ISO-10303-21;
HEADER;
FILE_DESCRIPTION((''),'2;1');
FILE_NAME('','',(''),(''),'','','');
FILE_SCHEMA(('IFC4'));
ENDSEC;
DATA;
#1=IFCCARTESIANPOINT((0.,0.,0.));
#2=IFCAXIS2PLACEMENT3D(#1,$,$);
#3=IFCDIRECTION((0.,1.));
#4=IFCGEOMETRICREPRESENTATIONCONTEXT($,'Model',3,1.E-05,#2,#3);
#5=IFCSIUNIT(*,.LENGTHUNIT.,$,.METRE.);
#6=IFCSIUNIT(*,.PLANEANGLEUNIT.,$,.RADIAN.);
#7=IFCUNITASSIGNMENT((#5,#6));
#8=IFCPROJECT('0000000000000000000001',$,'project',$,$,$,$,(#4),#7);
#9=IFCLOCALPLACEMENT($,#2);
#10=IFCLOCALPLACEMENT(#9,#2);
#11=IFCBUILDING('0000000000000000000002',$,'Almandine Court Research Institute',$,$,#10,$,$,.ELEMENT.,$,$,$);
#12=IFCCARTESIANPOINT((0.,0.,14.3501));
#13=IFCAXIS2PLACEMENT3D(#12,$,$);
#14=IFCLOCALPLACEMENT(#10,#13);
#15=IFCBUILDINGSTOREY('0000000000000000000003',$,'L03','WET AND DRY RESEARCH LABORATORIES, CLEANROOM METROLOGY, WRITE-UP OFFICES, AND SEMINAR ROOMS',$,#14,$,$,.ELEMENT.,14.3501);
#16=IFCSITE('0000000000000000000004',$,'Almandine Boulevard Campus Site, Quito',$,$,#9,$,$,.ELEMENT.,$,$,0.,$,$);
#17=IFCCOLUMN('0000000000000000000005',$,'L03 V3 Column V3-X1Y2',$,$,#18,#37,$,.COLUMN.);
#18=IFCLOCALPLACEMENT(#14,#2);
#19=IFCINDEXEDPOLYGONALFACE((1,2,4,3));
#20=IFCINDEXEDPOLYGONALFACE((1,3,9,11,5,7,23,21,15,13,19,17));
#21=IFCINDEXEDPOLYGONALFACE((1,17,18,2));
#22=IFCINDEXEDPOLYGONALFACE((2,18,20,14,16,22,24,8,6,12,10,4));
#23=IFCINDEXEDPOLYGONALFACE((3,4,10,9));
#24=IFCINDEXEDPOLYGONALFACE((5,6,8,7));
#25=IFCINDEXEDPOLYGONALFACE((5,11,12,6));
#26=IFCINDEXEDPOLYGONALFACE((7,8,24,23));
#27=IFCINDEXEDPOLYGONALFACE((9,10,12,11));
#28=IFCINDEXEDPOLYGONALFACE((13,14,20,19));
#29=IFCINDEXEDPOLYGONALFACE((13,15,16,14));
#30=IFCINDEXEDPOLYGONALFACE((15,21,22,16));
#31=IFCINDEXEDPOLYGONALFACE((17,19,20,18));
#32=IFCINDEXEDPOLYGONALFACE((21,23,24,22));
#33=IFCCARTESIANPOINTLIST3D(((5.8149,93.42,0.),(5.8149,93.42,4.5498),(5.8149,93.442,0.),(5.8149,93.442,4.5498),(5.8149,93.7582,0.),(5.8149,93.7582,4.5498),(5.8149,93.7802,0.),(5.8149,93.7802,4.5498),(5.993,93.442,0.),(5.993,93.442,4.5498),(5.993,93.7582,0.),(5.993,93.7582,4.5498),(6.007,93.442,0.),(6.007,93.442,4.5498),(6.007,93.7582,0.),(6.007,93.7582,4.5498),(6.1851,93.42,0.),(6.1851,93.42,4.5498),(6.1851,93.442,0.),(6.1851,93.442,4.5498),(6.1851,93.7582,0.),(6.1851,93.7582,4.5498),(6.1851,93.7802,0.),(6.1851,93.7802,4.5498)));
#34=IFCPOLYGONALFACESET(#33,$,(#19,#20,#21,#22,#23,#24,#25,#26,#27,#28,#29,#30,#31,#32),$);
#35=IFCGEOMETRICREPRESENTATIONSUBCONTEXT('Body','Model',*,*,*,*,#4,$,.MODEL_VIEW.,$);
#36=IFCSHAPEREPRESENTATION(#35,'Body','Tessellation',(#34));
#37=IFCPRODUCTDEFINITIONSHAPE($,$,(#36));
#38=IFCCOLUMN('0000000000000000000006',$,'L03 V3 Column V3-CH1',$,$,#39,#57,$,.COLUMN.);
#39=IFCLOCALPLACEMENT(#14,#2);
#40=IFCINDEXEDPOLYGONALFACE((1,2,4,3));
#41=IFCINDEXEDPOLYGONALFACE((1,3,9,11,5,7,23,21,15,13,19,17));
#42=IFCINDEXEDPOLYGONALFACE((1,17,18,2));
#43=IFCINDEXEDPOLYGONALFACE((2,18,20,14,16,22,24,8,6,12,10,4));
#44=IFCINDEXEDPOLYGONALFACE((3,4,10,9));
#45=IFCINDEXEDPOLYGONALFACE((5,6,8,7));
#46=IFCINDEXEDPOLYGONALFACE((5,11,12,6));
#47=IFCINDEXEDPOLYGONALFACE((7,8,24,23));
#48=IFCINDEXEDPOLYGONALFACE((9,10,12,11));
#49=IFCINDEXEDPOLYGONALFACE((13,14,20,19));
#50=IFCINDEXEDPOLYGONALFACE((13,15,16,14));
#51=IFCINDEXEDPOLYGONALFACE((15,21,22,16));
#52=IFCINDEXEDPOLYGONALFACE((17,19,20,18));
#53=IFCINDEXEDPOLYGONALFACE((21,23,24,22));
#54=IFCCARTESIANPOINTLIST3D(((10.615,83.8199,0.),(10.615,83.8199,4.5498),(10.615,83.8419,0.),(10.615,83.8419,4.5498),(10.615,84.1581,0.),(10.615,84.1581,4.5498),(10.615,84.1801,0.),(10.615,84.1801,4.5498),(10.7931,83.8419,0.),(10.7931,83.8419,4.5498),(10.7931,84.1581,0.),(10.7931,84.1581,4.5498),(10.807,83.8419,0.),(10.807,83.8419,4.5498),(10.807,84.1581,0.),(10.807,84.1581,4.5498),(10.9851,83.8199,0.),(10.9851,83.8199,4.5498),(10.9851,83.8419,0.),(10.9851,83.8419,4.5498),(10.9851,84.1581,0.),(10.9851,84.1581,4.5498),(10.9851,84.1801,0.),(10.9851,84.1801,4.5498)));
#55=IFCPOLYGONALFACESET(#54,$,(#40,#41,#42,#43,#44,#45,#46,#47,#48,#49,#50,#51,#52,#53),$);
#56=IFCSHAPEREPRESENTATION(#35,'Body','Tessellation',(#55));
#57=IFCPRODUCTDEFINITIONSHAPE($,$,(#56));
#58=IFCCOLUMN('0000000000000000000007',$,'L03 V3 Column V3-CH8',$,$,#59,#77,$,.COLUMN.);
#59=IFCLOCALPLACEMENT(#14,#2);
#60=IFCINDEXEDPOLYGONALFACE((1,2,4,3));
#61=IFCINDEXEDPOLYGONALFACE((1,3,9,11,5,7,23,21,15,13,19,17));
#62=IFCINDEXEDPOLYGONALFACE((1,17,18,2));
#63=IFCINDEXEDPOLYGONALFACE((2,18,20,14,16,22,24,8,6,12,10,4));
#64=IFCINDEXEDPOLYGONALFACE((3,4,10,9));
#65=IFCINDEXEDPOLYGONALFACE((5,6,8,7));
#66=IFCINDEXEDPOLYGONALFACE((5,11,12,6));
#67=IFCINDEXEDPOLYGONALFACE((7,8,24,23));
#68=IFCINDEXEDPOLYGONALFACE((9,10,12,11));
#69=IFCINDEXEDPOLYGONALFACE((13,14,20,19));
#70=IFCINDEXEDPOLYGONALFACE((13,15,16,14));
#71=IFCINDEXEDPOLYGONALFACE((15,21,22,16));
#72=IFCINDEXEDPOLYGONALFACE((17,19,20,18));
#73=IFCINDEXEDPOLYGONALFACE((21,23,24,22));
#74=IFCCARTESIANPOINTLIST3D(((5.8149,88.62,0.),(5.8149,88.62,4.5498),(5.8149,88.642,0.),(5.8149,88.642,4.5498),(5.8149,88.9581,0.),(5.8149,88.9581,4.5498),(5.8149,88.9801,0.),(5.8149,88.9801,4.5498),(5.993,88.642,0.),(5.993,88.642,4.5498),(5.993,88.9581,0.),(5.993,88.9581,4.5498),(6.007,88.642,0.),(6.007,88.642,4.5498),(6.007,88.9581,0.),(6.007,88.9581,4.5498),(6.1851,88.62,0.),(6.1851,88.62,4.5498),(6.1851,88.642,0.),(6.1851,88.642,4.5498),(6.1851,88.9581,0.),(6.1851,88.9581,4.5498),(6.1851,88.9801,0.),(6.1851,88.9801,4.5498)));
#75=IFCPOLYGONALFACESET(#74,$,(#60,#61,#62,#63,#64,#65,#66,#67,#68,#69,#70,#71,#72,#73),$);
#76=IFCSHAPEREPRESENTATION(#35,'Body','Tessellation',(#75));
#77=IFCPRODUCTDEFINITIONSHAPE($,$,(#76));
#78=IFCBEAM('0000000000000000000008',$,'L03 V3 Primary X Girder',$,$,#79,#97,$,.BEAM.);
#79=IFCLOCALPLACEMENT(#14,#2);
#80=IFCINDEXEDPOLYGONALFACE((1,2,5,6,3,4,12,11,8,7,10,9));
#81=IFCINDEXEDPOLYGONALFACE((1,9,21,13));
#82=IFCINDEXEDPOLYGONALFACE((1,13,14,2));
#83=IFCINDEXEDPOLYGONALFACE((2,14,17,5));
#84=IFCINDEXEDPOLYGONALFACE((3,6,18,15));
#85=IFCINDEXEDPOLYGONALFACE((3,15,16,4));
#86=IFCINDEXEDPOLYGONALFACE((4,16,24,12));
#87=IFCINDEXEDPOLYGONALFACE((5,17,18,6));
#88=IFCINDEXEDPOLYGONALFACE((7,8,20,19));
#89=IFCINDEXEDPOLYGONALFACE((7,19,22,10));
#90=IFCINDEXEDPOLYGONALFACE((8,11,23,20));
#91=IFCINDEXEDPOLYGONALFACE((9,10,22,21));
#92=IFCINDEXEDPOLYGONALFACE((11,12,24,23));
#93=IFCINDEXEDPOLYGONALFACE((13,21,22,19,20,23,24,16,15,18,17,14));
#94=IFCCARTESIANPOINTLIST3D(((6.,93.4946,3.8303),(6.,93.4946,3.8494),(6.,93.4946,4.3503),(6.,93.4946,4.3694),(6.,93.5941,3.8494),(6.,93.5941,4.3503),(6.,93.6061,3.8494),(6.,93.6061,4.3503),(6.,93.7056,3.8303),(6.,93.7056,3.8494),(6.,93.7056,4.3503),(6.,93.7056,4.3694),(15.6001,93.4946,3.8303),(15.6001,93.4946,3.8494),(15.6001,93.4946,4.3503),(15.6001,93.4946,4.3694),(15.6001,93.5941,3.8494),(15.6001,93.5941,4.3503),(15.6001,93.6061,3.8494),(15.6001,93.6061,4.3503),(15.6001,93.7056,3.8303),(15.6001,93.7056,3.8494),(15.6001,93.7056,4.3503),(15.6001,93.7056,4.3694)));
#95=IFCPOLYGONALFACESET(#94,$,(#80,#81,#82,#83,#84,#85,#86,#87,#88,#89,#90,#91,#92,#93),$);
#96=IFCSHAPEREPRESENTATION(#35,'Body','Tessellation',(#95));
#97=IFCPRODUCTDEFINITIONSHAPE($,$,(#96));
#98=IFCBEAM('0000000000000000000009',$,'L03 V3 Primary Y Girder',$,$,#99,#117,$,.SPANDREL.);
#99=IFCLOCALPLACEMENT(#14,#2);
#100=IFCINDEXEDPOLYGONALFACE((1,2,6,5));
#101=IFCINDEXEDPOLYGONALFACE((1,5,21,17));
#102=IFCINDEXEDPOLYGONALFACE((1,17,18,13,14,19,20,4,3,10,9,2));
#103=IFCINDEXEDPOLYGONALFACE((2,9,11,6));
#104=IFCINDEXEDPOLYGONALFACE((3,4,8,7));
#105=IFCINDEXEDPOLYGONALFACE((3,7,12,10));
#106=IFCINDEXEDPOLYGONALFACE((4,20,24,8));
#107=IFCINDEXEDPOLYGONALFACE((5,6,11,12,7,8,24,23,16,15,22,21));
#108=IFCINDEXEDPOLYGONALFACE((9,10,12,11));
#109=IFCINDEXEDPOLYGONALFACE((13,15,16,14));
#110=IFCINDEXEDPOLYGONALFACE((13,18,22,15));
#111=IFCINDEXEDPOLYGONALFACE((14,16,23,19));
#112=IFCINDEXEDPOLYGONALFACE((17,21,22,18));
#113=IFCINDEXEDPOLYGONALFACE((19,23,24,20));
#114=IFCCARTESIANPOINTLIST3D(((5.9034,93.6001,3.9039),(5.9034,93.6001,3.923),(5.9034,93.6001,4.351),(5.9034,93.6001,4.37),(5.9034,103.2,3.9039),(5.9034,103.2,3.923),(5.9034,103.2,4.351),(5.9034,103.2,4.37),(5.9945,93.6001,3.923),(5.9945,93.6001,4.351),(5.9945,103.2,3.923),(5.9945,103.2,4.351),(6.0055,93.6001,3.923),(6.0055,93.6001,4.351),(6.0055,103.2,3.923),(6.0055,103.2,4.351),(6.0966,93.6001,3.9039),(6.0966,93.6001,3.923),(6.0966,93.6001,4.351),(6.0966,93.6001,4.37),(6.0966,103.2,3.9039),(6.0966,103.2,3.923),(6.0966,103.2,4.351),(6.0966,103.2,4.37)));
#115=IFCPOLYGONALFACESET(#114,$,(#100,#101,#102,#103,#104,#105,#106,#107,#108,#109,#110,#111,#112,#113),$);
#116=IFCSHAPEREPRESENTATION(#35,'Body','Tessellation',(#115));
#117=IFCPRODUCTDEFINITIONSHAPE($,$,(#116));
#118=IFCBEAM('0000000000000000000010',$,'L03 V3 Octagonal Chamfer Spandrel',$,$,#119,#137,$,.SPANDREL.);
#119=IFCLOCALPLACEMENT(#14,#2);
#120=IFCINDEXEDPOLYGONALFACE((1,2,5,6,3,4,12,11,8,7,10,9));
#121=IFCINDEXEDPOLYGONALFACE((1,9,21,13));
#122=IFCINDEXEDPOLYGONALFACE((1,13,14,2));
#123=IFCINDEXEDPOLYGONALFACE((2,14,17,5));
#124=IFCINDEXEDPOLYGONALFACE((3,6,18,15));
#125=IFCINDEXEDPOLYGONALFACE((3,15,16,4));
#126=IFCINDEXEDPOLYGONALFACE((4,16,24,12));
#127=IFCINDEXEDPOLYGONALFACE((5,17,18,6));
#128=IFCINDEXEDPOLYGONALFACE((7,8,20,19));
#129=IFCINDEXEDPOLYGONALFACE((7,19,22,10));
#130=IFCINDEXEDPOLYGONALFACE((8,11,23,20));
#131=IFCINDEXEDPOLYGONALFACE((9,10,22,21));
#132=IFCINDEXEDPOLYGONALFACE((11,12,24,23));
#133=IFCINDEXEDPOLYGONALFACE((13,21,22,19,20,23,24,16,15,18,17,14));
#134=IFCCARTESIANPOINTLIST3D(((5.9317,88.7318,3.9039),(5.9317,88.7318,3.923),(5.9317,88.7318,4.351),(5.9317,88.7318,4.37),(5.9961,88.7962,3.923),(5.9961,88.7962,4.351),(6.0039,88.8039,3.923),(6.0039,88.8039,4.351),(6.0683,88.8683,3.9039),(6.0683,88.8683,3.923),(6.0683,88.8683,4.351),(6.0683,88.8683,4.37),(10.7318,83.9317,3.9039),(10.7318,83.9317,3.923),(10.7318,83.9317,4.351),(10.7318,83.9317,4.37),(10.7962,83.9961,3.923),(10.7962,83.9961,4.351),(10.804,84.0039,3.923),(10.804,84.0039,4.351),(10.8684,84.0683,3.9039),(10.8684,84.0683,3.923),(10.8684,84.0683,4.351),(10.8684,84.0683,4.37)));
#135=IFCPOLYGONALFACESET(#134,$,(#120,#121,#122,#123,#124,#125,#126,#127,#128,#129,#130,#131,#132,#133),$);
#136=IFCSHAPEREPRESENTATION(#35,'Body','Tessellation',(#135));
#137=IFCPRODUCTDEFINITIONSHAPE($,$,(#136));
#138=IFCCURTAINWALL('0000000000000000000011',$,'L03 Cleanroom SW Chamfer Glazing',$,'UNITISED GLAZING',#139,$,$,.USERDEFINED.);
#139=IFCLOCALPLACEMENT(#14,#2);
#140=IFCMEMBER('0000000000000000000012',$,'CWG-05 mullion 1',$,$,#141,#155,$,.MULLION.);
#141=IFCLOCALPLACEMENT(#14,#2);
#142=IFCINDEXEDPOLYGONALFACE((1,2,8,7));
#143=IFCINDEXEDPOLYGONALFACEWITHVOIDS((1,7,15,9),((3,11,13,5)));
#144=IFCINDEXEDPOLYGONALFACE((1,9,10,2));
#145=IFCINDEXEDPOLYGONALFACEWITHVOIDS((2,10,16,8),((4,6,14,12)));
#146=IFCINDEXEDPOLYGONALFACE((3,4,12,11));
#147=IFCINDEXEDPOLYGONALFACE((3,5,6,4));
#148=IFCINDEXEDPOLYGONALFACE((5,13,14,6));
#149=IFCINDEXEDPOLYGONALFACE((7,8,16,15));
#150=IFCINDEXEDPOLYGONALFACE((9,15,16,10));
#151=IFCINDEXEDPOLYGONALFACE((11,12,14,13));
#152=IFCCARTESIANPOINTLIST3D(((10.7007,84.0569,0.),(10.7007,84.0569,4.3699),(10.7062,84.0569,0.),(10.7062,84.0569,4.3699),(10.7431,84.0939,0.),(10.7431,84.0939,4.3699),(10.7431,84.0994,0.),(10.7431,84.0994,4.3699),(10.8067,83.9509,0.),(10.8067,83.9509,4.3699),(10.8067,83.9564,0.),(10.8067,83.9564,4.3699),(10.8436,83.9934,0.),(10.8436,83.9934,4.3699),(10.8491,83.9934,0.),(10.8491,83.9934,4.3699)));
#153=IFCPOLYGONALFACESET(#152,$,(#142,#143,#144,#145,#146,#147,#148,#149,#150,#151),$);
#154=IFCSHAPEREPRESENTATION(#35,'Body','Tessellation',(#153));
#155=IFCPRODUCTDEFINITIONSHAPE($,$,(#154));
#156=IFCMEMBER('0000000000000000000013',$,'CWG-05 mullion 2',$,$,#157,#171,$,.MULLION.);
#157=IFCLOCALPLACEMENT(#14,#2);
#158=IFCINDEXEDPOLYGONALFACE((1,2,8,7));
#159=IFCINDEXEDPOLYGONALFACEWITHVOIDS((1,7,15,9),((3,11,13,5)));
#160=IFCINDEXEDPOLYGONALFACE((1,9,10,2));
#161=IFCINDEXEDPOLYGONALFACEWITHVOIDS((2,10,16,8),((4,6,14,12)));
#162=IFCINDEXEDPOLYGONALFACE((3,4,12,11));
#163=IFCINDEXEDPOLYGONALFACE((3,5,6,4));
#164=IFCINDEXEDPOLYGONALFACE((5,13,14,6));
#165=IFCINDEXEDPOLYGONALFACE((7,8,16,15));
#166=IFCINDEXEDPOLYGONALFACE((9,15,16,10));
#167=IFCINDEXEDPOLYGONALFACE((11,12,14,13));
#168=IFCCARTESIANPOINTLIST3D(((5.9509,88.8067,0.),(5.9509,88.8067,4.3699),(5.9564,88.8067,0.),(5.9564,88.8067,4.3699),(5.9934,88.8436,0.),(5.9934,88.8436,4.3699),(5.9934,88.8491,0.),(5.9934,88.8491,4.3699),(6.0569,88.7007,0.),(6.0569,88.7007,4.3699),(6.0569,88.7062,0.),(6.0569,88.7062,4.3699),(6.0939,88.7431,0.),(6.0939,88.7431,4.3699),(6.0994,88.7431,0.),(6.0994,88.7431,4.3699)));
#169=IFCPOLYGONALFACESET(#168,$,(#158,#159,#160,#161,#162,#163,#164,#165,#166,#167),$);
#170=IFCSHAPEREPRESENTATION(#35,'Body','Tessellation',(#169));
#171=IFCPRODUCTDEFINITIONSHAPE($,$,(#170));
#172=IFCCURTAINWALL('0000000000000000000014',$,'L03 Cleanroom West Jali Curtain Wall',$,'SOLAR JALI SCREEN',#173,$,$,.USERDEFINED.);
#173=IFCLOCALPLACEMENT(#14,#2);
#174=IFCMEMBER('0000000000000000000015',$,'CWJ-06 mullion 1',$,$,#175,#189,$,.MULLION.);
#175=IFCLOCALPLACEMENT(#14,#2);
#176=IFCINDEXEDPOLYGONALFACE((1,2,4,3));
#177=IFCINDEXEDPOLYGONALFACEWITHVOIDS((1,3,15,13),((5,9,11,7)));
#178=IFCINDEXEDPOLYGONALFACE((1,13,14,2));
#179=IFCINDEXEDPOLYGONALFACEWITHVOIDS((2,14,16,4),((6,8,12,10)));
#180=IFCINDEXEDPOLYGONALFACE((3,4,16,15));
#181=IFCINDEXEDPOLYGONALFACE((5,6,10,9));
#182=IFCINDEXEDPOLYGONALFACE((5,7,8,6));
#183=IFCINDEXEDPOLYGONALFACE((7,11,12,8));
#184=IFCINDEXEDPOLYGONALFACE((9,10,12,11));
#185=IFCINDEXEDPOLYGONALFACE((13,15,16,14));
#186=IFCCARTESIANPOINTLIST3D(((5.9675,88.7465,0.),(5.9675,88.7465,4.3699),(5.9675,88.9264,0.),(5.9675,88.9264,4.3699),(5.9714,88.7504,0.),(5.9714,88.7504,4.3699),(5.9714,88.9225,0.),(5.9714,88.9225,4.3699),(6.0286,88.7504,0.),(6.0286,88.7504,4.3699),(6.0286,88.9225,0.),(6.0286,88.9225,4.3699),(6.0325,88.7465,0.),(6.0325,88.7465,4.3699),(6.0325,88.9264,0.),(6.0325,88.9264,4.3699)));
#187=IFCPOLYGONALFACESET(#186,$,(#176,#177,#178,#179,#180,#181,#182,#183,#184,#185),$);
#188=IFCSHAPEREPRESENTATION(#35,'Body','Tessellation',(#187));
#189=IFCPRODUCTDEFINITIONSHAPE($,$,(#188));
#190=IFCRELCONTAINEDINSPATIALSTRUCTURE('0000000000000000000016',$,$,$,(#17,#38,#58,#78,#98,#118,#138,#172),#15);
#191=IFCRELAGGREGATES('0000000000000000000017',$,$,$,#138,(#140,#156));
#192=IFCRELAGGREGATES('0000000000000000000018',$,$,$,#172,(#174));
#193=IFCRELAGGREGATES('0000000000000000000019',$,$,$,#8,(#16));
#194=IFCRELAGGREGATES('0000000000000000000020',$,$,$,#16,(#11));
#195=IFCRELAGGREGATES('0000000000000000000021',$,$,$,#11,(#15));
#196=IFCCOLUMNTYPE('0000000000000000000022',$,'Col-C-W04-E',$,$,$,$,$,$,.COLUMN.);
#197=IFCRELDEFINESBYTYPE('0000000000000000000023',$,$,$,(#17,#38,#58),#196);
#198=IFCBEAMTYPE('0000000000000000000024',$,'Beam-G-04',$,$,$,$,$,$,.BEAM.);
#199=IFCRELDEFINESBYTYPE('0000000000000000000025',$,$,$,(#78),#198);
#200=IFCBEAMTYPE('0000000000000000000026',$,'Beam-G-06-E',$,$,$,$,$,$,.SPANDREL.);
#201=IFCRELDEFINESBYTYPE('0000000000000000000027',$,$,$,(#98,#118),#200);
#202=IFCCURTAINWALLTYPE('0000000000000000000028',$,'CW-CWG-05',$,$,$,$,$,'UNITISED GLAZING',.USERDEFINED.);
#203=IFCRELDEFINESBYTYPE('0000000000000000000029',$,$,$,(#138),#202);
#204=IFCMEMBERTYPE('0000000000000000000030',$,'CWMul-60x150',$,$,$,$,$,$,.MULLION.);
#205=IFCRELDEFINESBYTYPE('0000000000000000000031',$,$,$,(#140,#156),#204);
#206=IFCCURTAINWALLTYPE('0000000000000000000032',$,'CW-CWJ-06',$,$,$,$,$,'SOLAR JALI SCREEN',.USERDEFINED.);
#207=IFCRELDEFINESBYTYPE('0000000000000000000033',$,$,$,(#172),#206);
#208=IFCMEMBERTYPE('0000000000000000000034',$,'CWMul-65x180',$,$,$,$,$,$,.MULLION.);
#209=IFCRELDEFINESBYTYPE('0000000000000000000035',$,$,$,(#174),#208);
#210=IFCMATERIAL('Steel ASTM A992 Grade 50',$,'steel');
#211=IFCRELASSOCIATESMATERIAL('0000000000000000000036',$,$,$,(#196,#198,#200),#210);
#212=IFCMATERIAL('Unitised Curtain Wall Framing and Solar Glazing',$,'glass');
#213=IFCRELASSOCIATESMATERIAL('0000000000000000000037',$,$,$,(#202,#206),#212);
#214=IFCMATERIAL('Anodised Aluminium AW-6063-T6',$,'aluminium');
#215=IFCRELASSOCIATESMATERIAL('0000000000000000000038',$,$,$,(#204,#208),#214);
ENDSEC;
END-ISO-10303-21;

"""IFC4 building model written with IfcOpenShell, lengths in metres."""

from ifc_helpers import new_model, si_unit, direction, frame, origin, origin_2d, place, context, subcontext, project, spatial, hollow_rectangle, i_section, extrude, material, material_profile, profile_set, type_object, element, aggregate, save


model = new_model("IFC4")

# Units and contexts
model_context = context("Model", 3, precision=1e-05, world=origin(), true_north=direction((0.0, 1.0)))
body_context = subcontext(model_context, "Body", "Model", "MODEL_VIEW")
ifc_project = project(units=[si_unit("LENGTHUNIT", "METRE"), si_unit("PLANEANGLEUNIT", "RADIAN")], contexts=[model_context])

# Site, building, storey
site_placement = place(None, origin())
site = spatial("IfcSite", under=ifc_project, at=site_placement, Name="Almandine Boulevard Campus Site, Quito", CompositionType="ELEMENT", RefElevation=0.0)
building_placement = place(site_placement, origin())
building = spatial("IfcBuilding", under=site, at=building_placement, Name="Almandine Court Research Institute", CompositionType="ELEMENT")
storey_placement = place(building_placement, frame((0.0, 0.0, 14.3501)))
storey = spatial("IfcBuildingStorey", under=building, at=storey_placement, Name="L03", Description="WET AND DRY RESEARCH LABORATORIES, CLEANROOM METROLOGY, WRITE-UP OFFICES, AND SEMINAR ROOMS", CompositionType="ELEMENT", Elevation=14.3501)

# Columns
ifc_material_1 = material(Name="Steel ASTM A992 Grade 50", Category="steel")
ifc_material_profile_1 = material_profile(ifc_material_1, i_section(OverallWidth=0.3701, OverallDepth=0.3601, WebThickness=0.0139, FlangeThickness=0.022, at=origin_2d()), Name="W360x147")
ifc_profile_set_1 = profile_set([ifc_material_profile_1], Name="Steel ASTM A992 Grade 50")
column_type = type_object("IfcColumnType", Name="Col-C-W04-E", PredefinedType="COLUMN", material=ifc_profile_set_1)
for number, where, z_axis, x_axis, name in (
    (1, (6.0, 93.6001, 0.0), (0.0, 0.0, 1.0), (1.0, 0.0, 0.0), "L03 V3 Column V3-X1Y2"),
    (2, (10.8, 84.0, 0.0), (0.0, 0.0, 1.0), (1.0, 0.0, 0.0), "L03 V3 Column V3-CH1"),
    (3, (6.0, 88.8, 0.0), (0.0, 0.0, 1.0), (1.0, 0.0, 0.0), "L03 V3 Column V3-CH8"),
):
    element("IfcColumn", number, at=place(storey_placement, frame(where, z_axis=z_axis, x_axis=x_axis)), inside=storey, type_object=column_type, Name=name, PredefinedType="COLUMN", context=body_context, shape_type="SweptSolid", body=[
        extrude(i_section(OverallWidth=0.3701, OverallDepth=0.3601, WebThickness=0.0139, FlangeThickness=0.022, at=origin_2d()), origin(), (0.0, 0.0, 1.0), 4.5498),
    ])

# Beams
ifc_material_profile_2 = material_profile(ifc_material_1, i_section(OverallWidth=0.2109, OverallDepth=0.5391, WebThickness=0.012, FlangeThickness=0.019, at=origin_2d()), Name="W530x109")
ifc_profile_set_2 = profile_set([ifc_material_profile_2], Name="Steel ASTM A992 Grade 50")
beam_type_1 = type_object("IfcBeamType", Name="Beam-G-04", PredefinedType="BEAM", material=ifc_profile_set_2)
beam_1_placement = place(storey_placement, frame((6.0, 93.6001, 4.0999), z_axis=(1.0, 0.0, 0.0), x_axis=(0.0, 1.0, 0.0)))
element("IfcBeam", 4, at=beam_1_placement, inside=storey, type_object=beam_type_1, Name="L03 V3 Primary X Girder", PredefinedType="BEAM", context=body_context, shape_type="SweptSolid", body=[
    extrude(i_section(OverallWidth=0.2109, OverallDepth=0.5391, WebThickness=0.012, FlangeThickness=0.019, at=origin_2d()), origin(), (0.0, 0.0, 1.0), 9.6001),
])
ifc_material_profile_3 = material_profile(ifc_material_1, i_section(OverallWidth=0.1931, OverallDepth=0.4661, WebThickness=0.011, FlangeThickness=0.019, at=origin_2d()), Name="W460x97")
ifc_profile_set_3 = profile_set([ifc_material_profile_3], Name="Steel ASTM A992 Grade 50")
beam_type_2 = type_object("IfcBeamType", Name="Beam-G-06-E", PredefinedType="SPANDREL", material=ifc_profile_set_3)
beam_2_placement = place(storey_placement, frame((6.0, 93.6001, 4.137), z_axis=(0.0, 1.0, 0.0), x_axis=(-1.0, 0.0, 0.0)))
element("IfcBeam", 5, at=beam_2_placement, inside=storey, type_object=beam_type_2, Name="L03 V3 Primary Y Girder", PredefinedType="SPANDREL", context=body_context, shape_type="SweptSolid", body=[
    extrude(i_section(OverallWidth=0.1931, OverallDepth=0.4661, WebThickness=0.011, FlangeThickness=0.019, at=origin_2d()), origin(), (0.0, 0.0, 1.0), 9.5999),
])
beam_3_placement = place(storey_placement, frame((6.0, 88.8, 4.137), z_axis=(0.707107, -0.707107, 0.0), x_axis=(0.707107, 0.707107, 0.0)))
element("IfcBeam", 6, at=beam_3_placement, inside=storey, type_object=beam_type_2, Name="L03 V3 Octagonal Chamfer Spandrel", PredefinedType="SPANDREL", context=body_context, shape_type="SweptSolid", body=[
    extrude(i_section(OverallWidth=0.1931, OverallDepth=0.4661, WebThickness=0.011, FlangeThickness=0.019, at=origin_2d()), origin(), (0.0, 0.0, 1.0), 6.7883),
])

# Curtain walls, members
ifc_material_2 = material(Name="Unitised Curtain Wall Framing and Solar Glazing", Category="glass")
curtain_wall_type_1 = type_object("IfcCurtainWallType", Name="CW-CWG-05", ElementType="UNITISED GLAZING", PredefinedType="USERDEFINED", material=ifc_material_2)
curtain_wall_1_placement = place(storey_placement, origin())
curtain_wall_1 = element("IfcCurtainWall", 7, at=curtain_wall_1_placement, inside=storey, type_object=curtain_wall_type_1, Name="L03 Cleanroom SW Chamfer Glazing", ObjectType="UNITISED GLAZING", PredefinedType="USERDEFINED")
ifc_material_3 = material(Name="Anodised Aluminium AW-6063-T6", Category="aluminium")
ifc_material_profile_4 = material_profile(ifc_material_3, hollow_rectangle(XDim=0.0601, YDim=0.1499, WallThickness=0.0039, at=origin_2d()), Name="ALU RHS 60x150x4")
ifc_profile_set_4 = profile_set([ifc_material_profile_4], Name="Anodised Aluminium AW-6063-T6")
member_type_1 = type_object("IfcMemberType", Name="CWMul-60x150", PredefinedType="MULLION", material=ifc_profile_set_4)
member_1_placement = place(storey_placement, frame((10.7749, 84.0251, 0.0), z_axis=(0.0, 0.0, 1.0), x_axis=(-0.707107, -0.707107, 0.0)))
member_1 = element("IfcMember", 8, at=member_1_placement, type_object=member_type_1, Name="CWG-05 mullion 1", PredefinedType="MULLION", context=body_context, shape_type="SweptSolid", body=[
    extrude(hollow_rectangle(XDim=0.0601, YDim=0.1499, WallThickness=0.0039, at=origin_2d()), origin(), (0.0, 0.0, 1.0), 4.3699),
])
member_2_placement = place(storey_placement, frame((6.0251, 88.7749, 0.0), z_axis=(0.0, 0.0, 1.0), x_axis=(-0.707107, -0.707107, 0.0)))
member_2 = element("IfcMember", 9, at=member_2_placement, type_object=member_type_1, Name="CWG-05 mullion 2", PredefinedType="MULLION", context=body_context, shape_type="SweptSolid", body=[
    extrude(hollow_rectangle(XDim=0.0601, YDim=0.1499, WallThickness=0.0039, at=origin_2d()), origin(), (0.0, 0.0, 1.0), 4.3699),
])
curtain_wall_type_2 = type_object("IfcCurtainWallType", Name="CW-CWJ-06", ElementType="SOLAR JALI SCREEN", PredefinedType="USERDEFINED", material=ifc_material_2)
curtain_wall_2_placement = place(storey_placement, origin())
curtain_wall_2 = element("IfcCurtainWall", 10, at=curtain_wall_2_placement, inside=storey, type_object=curtain_wall_type_2, Name="L03 Cleanroom West Jali Curtain Wall", ObjectType="SOLAR JALI SCREEN", PredefinedType="USERDEFINED")
ifc_material_profile_5 = material_profile(ifc_material_3, hollow_rectangle(XDim=0.0649, YDim=0.1799, WallThickness=0.0039, at=origin_2d()), Name="ALU RHS 65x180x4")
ifc_profile_set_5 = profile_set([ifc_material_profile_5], Name="Anodised Aluminium AW-6063-T6")
member_type_2 = type_object("IfcMemberType", Name="CWMul-65x180", PredefinedType="MULLION", material=ifc_profile_set_5)
member_3_placement = place(storey_placement, frame((6.0, 88.8364, 0.0), z_axis=(0.0, 0.0, 1.0), x_axis=(-1.0, 0.0, 0.0)))
member_3 = element("IfcMember", 11, at=member_3_placement, type_object=member_type_2, Name="CWJ-06 mullion 1", PredefinedType="MULLION", context=body_context, shape_type="SweptSolid", body=[
    extrude(hollow_rectangle(XDim=0.0649, YDim=0.1799, WallThickness=0.0039, at=origin_2d()), origin(), (0.0, 0.0, 1.0), 4.3699),
])

aggregate(curtain_wall_1, [member_1, member_2])
aggregate(curtain_wall_2, [member_3])

save(model, "model.ifc")
